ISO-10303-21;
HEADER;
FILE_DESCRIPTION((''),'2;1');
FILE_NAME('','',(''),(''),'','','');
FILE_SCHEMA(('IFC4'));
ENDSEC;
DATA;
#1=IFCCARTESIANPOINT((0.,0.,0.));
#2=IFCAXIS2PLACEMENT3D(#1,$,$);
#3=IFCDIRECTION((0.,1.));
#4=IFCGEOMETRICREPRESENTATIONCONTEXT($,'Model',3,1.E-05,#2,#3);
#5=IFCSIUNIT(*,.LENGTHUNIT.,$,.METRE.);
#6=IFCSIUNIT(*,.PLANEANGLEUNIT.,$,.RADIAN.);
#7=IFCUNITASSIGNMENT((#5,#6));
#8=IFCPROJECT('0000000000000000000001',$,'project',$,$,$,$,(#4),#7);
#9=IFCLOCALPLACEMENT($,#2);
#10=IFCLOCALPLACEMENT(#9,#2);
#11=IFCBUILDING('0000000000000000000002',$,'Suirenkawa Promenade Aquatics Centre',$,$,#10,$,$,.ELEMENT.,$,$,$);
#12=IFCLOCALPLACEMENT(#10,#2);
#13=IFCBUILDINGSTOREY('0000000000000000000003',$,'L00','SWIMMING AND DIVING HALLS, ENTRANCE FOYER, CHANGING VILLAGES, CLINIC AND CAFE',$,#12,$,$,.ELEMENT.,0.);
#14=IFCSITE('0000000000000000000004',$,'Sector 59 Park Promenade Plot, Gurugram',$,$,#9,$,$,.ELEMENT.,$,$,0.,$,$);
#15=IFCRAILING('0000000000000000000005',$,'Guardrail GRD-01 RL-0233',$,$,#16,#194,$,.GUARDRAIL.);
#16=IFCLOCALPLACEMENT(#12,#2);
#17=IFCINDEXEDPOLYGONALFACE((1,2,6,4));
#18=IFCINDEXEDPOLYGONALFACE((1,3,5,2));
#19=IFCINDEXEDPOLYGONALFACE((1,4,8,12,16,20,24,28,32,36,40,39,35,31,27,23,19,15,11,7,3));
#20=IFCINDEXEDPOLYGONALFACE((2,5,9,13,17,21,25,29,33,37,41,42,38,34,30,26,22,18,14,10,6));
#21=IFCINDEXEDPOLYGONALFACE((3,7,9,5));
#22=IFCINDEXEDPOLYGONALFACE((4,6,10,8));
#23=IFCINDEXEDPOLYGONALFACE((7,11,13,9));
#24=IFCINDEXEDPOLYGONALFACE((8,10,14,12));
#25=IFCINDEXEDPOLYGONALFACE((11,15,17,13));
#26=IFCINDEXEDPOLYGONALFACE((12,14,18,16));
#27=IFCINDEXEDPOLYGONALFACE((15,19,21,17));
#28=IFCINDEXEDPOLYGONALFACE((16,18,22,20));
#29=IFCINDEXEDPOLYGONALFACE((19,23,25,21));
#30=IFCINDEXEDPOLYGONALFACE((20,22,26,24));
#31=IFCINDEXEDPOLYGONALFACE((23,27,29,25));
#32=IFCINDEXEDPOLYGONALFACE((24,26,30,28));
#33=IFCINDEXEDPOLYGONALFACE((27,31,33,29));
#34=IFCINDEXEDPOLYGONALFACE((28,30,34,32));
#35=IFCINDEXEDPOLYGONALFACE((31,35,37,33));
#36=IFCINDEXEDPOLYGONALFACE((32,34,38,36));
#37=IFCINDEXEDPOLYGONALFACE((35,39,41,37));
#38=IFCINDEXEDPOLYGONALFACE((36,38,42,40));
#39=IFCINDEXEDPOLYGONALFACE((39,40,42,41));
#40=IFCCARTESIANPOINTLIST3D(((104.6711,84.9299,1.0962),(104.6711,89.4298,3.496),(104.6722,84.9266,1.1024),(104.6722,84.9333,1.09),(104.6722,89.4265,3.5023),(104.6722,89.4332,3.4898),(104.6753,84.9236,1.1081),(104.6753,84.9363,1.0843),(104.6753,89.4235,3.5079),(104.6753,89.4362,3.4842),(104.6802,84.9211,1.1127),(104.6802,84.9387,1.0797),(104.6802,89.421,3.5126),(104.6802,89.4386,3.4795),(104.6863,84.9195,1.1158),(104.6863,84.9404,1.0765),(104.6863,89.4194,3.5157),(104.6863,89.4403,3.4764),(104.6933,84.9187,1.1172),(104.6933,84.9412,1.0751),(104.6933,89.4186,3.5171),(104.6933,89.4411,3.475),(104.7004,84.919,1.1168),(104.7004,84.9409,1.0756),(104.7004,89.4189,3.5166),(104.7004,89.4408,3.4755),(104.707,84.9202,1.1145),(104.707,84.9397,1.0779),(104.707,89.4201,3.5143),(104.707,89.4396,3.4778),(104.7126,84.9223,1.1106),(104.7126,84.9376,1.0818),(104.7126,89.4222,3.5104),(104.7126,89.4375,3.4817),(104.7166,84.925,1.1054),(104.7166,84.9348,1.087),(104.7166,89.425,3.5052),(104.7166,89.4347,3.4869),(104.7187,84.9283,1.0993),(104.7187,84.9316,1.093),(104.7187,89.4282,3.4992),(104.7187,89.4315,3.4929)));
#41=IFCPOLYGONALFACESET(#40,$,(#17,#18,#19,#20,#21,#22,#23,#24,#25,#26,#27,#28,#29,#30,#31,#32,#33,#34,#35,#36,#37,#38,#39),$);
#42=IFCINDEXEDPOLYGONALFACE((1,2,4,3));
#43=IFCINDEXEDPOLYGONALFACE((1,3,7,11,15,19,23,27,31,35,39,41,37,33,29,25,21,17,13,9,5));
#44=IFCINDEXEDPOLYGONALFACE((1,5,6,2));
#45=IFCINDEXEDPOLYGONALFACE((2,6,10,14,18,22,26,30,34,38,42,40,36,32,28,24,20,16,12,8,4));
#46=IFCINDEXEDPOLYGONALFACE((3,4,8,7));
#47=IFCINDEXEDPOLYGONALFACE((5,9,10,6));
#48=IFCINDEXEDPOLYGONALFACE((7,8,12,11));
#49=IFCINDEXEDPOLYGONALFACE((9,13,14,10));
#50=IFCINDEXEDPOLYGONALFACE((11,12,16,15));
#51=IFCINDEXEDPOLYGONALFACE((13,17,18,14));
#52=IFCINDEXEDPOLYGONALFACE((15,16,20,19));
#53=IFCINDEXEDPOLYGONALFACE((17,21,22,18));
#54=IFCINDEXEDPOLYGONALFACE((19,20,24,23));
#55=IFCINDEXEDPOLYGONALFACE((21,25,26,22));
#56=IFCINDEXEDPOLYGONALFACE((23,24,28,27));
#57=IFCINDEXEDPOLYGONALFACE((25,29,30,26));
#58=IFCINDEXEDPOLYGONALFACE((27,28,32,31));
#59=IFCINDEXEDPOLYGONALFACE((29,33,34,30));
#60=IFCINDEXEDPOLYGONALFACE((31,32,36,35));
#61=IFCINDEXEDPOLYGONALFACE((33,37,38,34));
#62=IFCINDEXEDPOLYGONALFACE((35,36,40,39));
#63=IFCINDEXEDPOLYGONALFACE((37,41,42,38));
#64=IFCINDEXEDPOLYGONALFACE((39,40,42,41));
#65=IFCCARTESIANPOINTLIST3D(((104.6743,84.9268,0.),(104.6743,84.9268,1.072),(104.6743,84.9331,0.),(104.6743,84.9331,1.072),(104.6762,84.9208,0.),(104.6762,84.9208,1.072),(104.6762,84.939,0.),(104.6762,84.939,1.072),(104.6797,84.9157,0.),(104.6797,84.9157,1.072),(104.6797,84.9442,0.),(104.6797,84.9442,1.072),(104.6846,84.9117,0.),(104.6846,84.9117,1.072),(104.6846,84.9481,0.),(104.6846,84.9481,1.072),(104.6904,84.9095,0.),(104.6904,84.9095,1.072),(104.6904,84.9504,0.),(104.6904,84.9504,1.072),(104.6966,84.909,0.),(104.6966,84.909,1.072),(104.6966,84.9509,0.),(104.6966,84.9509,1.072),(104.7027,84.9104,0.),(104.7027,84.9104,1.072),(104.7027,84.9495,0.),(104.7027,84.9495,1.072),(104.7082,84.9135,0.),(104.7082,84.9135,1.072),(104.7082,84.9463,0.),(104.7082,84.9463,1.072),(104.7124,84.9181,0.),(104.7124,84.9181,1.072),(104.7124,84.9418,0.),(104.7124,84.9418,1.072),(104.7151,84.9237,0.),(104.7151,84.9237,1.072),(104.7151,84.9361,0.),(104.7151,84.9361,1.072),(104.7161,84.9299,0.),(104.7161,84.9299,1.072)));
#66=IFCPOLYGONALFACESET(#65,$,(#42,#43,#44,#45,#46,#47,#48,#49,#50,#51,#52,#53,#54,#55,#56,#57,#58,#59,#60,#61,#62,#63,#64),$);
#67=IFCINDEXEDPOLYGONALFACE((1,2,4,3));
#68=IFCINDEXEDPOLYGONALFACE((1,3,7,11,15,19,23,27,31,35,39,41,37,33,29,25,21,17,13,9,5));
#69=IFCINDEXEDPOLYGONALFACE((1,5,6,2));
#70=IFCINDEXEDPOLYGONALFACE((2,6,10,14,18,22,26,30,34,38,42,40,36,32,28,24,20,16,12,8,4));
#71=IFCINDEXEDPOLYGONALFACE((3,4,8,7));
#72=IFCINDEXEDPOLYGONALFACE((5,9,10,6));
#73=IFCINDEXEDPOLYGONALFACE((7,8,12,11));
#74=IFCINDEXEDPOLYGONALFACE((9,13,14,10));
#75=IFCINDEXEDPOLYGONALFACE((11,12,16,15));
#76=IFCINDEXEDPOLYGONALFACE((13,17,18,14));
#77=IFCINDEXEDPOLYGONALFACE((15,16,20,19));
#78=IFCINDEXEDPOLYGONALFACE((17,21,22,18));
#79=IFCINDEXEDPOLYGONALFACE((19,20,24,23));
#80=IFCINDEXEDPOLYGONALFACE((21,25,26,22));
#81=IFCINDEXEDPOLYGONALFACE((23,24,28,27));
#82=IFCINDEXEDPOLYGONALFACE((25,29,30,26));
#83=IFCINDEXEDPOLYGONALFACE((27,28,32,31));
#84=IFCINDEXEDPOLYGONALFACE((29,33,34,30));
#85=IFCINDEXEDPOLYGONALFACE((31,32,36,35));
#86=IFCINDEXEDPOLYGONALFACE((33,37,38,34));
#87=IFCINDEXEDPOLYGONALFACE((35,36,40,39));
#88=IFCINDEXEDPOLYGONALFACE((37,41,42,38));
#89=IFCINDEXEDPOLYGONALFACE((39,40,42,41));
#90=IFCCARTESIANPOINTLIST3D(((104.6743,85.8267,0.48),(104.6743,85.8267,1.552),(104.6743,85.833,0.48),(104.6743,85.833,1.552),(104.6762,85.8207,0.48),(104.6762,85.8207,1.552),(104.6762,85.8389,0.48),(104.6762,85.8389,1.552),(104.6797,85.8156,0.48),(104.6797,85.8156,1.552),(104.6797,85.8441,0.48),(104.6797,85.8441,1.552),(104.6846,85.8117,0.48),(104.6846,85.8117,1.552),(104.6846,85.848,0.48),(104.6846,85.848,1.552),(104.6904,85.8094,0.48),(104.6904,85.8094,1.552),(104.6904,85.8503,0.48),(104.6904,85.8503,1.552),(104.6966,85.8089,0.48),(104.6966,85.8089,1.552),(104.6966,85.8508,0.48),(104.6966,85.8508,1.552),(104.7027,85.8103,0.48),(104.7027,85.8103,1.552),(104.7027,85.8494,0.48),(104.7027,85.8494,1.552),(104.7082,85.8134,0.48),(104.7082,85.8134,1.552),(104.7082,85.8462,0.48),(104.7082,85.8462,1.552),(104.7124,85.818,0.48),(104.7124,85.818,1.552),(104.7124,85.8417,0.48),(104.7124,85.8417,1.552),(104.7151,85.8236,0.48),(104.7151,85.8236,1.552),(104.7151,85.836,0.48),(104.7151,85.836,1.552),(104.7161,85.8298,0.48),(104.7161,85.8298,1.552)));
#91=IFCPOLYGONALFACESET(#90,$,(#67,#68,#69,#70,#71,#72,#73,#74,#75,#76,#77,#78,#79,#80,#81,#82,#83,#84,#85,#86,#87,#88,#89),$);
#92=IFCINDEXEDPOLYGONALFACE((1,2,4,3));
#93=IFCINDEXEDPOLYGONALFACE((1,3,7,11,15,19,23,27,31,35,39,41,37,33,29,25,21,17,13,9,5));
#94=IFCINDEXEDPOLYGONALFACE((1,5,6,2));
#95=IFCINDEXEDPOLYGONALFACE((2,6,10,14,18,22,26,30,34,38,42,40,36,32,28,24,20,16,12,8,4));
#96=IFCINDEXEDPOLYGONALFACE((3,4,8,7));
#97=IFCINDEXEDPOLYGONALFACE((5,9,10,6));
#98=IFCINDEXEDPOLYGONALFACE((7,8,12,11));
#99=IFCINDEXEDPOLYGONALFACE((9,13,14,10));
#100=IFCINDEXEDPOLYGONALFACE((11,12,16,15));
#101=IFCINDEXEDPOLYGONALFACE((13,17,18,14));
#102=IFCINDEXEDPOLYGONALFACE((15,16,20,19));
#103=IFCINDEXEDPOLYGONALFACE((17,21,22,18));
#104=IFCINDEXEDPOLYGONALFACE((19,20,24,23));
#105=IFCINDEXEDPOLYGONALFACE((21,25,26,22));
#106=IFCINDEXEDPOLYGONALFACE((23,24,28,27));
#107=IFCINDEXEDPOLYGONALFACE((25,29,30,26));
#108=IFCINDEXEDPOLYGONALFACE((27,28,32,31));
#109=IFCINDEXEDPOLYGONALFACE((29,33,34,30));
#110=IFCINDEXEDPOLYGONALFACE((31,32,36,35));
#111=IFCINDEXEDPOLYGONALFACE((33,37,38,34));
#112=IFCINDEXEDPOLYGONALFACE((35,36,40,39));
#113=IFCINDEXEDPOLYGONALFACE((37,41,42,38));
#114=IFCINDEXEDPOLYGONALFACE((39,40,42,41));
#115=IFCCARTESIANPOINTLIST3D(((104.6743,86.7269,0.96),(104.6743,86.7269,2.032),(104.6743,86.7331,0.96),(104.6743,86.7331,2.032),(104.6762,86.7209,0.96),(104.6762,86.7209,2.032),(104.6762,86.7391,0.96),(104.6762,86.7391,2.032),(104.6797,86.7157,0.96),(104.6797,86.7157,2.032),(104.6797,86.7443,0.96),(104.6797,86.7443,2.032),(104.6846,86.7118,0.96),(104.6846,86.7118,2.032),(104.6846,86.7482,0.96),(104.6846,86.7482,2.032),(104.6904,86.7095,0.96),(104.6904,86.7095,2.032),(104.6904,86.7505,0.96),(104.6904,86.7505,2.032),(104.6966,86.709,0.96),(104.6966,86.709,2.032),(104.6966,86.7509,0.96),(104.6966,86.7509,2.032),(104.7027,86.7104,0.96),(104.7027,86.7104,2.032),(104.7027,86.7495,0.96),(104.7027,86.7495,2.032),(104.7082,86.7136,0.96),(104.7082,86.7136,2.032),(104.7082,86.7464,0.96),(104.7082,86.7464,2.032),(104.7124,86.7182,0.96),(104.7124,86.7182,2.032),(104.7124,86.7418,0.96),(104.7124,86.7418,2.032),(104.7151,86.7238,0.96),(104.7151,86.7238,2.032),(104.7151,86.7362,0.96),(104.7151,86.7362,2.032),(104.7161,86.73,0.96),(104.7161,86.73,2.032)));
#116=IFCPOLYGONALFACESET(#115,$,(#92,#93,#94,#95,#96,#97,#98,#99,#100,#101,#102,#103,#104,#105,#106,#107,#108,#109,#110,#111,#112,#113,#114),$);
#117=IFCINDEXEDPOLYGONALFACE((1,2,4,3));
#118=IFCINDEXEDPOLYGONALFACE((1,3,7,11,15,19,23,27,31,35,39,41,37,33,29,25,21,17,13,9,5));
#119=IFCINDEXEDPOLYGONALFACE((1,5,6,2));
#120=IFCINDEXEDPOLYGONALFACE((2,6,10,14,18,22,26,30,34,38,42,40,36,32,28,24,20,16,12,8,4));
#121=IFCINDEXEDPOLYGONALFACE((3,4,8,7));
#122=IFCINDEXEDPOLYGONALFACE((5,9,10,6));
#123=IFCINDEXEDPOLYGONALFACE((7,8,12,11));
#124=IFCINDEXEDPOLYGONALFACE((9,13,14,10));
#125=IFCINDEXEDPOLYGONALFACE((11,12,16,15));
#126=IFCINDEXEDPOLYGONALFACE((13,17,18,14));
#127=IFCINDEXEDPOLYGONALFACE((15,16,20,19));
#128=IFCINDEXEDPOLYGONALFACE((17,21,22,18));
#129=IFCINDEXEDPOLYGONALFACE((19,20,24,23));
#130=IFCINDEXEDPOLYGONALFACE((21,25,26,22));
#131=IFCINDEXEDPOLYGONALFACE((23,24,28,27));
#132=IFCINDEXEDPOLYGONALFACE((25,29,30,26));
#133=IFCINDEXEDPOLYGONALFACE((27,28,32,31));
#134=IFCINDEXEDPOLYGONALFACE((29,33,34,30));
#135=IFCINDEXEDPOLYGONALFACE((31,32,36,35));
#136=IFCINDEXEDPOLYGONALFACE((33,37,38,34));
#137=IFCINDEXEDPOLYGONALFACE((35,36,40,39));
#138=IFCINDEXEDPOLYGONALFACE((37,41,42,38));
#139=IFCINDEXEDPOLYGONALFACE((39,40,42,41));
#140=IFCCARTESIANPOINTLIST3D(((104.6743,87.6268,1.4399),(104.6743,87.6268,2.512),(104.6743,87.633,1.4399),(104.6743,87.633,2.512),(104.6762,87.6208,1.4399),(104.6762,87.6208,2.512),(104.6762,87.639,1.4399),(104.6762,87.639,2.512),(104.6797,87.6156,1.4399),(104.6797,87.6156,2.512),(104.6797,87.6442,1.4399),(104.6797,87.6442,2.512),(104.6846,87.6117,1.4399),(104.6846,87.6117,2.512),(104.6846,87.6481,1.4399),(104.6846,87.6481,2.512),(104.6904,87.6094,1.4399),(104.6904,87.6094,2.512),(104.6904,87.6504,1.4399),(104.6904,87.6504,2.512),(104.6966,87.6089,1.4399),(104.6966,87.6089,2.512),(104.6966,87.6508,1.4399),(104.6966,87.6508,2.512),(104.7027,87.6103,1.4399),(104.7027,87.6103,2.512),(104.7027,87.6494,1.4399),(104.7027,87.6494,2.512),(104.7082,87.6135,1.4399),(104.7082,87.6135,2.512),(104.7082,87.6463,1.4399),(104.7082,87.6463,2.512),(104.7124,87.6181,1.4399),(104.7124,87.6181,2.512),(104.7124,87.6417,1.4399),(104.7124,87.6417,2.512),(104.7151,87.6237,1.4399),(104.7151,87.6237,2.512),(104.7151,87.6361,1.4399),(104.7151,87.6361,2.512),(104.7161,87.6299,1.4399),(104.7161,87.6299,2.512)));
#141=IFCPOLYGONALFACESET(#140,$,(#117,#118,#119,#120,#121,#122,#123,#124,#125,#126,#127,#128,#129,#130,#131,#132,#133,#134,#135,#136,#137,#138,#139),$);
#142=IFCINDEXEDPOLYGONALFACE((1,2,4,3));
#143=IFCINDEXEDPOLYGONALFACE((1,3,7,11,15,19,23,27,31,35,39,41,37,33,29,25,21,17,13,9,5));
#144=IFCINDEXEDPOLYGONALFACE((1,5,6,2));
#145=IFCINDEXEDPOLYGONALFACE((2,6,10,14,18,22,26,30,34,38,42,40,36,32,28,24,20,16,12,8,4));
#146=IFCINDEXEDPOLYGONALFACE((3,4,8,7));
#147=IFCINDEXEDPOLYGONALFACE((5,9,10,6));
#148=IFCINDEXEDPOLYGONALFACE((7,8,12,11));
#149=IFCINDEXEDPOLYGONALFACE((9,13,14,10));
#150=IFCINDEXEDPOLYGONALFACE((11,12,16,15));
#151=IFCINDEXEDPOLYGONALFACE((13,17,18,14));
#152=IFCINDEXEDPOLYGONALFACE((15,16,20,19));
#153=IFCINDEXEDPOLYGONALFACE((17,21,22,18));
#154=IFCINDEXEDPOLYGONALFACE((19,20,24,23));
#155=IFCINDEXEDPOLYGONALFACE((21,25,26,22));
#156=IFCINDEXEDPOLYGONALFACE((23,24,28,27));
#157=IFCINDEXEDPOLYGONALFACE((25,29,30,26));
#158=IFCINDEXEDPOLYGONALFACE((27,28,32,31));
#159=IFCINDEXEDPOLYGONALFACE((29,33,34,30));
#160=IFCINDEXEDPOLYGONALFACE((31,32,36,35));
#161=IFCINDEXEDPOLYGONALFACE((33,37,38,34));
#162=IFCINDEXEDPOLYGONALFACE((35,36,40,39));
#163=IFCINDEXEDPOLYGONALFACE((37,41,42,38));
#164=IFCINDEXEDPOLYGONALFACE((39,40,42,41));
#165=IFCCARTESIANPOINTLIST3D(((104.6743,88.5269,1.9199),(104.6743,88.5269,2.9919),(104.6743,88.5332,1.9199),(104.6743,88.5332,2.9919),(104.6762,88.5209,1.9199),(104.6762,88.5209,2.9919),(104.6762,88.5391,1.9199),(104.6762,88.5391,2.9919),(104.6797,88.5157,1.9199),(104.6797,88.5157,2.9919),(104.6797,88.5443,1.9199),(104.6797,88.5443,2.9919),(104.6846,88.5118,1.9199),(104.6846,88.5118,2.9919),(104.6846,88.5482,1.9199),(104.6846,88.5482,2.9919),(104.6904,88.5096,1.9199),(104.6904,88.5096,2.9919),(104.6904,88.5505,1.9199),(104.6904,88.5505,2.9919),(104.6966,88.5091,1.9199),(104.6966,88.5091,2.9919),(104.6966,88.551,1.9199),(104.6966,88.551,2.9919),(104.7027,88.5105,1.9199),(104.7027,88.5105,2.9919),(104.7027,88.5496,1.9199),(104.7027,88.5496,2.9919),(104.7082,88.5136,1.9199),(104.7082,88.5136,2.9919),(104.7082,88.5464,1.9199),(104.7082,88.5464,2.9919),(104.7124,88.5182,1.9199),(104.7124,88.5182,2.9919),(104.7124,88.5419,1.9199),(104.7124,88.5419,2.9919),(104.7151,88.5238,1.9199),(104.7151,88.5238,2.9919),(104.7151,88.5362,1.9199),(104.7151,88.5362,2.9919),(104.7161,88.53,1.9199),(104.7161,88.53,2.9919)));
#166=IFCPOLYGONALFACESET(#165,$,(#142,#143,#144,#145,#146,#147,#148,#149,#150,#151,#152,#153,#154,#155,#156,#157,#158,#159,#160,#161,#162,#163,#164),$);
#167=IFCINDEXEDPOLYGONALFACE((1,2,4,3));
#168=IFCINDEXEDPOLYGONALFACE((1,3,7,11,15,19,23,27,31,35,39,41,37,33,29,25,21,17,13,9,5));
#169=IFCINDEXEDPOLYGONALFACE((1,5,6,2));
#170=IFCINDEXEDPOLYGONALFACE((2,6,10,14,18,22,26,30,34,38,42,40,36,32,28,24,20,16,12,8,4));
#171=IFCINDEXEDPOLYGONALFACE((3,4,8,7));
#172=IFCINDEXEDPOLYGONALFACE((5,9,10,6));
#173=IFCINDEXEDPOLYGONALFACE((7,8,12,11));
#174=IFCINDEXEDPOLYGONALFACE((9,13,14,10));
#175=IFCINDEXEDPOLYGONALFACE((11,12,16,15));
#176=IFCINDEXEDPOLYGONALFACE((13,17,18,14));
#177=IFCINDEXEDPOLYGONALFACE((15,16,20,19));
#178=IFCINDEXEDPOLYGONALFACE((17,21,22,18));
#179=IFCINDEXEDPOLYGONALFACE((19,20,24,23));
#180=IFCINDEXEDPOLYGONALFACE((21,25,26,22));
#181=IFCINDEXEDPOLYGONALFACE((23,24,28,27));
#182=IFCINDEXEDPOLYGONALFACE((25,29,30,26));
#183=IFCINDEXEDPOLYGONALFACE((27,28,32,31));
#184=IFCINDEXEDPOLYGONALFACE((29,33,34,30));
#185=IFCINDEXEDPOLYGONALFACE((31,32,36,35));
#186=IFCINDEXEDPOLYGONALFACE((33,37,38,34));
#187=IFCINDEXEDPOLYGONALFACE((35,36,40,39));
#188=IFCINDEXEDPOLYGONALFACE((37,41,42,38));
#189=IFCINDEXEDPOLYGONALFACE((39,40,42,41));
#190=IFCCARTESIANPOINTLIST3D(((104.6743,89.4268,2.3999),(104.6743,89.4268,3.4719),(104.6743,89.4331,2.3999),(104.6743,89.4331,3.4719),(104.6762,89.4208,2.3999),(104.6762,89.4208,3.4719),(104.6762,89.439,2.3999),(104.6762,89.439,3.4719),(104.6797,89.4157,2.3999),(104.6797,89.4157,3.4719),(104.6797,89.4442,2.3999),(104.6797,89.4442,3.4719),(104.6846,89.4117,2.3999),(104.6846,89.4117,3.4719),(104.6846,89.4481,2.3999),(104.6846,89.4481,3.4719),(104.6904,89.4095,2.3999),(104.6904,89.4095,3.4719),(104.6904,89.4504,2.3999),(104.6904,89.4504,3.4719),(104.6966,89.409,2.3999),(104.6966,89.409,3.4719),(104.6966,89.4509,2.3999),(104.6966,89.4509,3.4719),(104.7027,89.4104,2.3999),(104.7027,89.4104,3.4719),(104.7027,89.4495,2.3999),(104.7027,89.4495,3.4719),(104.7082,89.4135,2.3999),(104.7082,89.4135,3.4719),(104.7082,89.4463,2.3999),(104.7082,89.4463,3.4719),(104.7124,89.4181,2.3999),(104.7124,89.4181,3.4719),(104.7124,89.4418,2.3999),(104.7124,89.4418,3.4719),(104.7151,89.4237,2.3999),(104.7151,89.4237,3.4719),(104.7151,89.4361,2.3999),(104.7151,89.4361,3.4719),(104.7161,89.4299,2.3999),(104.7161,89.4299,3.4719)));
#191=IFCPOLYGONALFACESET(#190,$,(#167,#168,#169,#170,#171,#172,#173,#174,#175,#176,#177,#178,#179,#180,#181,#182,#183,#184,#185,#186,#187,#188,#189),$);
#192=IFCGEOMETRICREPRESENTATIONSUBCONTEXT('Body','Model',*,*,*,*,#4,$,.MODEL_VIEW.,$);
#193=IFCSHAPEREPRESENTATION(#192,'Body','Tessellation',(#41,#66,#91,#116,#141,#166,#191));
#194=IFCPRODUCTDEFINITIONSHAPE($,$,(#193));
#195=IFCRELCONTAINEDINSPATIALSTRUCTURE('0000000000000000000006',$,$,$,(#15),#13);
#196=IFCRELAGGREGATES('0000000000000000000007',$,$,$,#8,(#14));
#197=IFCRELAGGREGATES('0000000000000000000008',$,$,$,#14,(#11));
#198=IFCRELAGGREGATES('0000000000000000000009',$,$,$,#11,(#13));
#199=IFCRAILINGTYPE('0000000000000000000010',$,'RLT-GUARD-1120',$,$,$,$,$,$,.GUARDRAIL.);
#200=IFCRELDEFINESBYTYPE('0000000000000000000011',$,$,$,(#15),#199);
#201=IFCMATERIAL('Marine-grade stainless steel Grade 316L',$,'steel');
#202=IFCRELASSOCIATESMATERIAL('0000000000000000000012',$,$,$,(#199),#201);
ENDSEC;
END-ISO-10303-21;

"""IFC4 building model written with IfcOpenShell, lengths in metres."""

from ifc_helpers import new_model, si_unit, direction, frame, origin, origin_2d, place, context, subcontext, project, spatial, circle, extrude, material, type_object, element, save


model = new_model("IFC4")

# Units and contexts
model_context = context("Model", 3, precision=1e-05, world=origin(), true_north=direction((0.0, 1.0)))
body_context = subcontext(model_context, "Body", "Model", "MODEL_VIEW")
ifc_project = project(units=[si_unit("LENGTHUNIT", "METRE"), si_unit("PLANEANGLEUNIT", "RADIAN")], contexts=[model_context])

# Site, building, storey
site_placement = place(None, origin())
site = spatial("IfcSite", under=ifc_project, at=site_placement, Name="Sector 59 Park Promenade Plot, Gurugram", CompositionType="ELEMENT", RefElevation=0.0)
building_placement = place(site_placement, origin())
building = spatial("IfcBuilding", under=site, at=building_placement, Name="Suirenkawa Promenade Aquatics Centre", CompositionType="ELEMENT")
storey_placement = place(building_placement, origin())
storey = spatial("IfcBuildingStorey", under=building, at=storey_placement, Name="L00", Description="SWIMMING AND DIVING HALLS, ENTRANCE FOYER, CHANGING VILLAGES, CLINIC AND CAFE", CompositionType="ELEMENT", Elevation=0.0)

# Railing
ifc_material_1 = material(Name="Marine-grade stainless steel Grade 316L", Category="steel")
railing_type_1 = type_object("IfcRailingType", Name="RLT-GUARD-1120", PredefinedType="GUARDRAIL", material=ifc_material_1)
for number, where, name in (
    (1, (104.6951, 84.9299, 0.0), "Guardrail GRD-01 RL-0233"),
):
    element("IfcRailing", number, at=place(storey_placement, frame(where)), inside=storey, type_object=railing_type_1, Name=name, PredefinedType="GUARDRAIL", context=body_context, shape_type="SweptSolid", body=[
        extrude(circle(Radius=0.0239, at=origin_2d()), frame((0.0, 0.0, 1.0962), z_axis=(0.0, 0.882361, 0.470573), x_axis=(-1.0, 0.0, 0.0)), (0.0, 0.0, 1.0), 5.0999),
        extrude(circle(Radius=0.021, at=origin_2d()), origin(), (0.0, 0.0, 1.0), 1.072),
        extrude(circle(Radius=0.021, at=origin_2d()), frame((0.0, 0.8999, 0.48)), (0.0, 0.0, 1.0), 1.072),
        extrude(circle(Radius=0.021, at=origin_2d()), frame((0.0, 1.8, 0.96)), (0.0, 0.0, 1.0), 1.072),
        extrude(circle(Radius=0.021, at=origin_2d()), frame((0.0, 2.7, 1.4399)), (0.0, 0.0, 1.0), 1.072),
        extrude(circle(Radius=0.021, at=origin_2d()), frame((0.0, 3.6001, 1.9199)), (0.0, 0.0, 1.0), 1.072),
        extrude(circle(Radius=0.021, at=origin_2d()), frame((0.0, 4.5, 2.3999)), (0.0, 0.0, 1.0), 1.072),
    ])

save(model, "model.ifc")
